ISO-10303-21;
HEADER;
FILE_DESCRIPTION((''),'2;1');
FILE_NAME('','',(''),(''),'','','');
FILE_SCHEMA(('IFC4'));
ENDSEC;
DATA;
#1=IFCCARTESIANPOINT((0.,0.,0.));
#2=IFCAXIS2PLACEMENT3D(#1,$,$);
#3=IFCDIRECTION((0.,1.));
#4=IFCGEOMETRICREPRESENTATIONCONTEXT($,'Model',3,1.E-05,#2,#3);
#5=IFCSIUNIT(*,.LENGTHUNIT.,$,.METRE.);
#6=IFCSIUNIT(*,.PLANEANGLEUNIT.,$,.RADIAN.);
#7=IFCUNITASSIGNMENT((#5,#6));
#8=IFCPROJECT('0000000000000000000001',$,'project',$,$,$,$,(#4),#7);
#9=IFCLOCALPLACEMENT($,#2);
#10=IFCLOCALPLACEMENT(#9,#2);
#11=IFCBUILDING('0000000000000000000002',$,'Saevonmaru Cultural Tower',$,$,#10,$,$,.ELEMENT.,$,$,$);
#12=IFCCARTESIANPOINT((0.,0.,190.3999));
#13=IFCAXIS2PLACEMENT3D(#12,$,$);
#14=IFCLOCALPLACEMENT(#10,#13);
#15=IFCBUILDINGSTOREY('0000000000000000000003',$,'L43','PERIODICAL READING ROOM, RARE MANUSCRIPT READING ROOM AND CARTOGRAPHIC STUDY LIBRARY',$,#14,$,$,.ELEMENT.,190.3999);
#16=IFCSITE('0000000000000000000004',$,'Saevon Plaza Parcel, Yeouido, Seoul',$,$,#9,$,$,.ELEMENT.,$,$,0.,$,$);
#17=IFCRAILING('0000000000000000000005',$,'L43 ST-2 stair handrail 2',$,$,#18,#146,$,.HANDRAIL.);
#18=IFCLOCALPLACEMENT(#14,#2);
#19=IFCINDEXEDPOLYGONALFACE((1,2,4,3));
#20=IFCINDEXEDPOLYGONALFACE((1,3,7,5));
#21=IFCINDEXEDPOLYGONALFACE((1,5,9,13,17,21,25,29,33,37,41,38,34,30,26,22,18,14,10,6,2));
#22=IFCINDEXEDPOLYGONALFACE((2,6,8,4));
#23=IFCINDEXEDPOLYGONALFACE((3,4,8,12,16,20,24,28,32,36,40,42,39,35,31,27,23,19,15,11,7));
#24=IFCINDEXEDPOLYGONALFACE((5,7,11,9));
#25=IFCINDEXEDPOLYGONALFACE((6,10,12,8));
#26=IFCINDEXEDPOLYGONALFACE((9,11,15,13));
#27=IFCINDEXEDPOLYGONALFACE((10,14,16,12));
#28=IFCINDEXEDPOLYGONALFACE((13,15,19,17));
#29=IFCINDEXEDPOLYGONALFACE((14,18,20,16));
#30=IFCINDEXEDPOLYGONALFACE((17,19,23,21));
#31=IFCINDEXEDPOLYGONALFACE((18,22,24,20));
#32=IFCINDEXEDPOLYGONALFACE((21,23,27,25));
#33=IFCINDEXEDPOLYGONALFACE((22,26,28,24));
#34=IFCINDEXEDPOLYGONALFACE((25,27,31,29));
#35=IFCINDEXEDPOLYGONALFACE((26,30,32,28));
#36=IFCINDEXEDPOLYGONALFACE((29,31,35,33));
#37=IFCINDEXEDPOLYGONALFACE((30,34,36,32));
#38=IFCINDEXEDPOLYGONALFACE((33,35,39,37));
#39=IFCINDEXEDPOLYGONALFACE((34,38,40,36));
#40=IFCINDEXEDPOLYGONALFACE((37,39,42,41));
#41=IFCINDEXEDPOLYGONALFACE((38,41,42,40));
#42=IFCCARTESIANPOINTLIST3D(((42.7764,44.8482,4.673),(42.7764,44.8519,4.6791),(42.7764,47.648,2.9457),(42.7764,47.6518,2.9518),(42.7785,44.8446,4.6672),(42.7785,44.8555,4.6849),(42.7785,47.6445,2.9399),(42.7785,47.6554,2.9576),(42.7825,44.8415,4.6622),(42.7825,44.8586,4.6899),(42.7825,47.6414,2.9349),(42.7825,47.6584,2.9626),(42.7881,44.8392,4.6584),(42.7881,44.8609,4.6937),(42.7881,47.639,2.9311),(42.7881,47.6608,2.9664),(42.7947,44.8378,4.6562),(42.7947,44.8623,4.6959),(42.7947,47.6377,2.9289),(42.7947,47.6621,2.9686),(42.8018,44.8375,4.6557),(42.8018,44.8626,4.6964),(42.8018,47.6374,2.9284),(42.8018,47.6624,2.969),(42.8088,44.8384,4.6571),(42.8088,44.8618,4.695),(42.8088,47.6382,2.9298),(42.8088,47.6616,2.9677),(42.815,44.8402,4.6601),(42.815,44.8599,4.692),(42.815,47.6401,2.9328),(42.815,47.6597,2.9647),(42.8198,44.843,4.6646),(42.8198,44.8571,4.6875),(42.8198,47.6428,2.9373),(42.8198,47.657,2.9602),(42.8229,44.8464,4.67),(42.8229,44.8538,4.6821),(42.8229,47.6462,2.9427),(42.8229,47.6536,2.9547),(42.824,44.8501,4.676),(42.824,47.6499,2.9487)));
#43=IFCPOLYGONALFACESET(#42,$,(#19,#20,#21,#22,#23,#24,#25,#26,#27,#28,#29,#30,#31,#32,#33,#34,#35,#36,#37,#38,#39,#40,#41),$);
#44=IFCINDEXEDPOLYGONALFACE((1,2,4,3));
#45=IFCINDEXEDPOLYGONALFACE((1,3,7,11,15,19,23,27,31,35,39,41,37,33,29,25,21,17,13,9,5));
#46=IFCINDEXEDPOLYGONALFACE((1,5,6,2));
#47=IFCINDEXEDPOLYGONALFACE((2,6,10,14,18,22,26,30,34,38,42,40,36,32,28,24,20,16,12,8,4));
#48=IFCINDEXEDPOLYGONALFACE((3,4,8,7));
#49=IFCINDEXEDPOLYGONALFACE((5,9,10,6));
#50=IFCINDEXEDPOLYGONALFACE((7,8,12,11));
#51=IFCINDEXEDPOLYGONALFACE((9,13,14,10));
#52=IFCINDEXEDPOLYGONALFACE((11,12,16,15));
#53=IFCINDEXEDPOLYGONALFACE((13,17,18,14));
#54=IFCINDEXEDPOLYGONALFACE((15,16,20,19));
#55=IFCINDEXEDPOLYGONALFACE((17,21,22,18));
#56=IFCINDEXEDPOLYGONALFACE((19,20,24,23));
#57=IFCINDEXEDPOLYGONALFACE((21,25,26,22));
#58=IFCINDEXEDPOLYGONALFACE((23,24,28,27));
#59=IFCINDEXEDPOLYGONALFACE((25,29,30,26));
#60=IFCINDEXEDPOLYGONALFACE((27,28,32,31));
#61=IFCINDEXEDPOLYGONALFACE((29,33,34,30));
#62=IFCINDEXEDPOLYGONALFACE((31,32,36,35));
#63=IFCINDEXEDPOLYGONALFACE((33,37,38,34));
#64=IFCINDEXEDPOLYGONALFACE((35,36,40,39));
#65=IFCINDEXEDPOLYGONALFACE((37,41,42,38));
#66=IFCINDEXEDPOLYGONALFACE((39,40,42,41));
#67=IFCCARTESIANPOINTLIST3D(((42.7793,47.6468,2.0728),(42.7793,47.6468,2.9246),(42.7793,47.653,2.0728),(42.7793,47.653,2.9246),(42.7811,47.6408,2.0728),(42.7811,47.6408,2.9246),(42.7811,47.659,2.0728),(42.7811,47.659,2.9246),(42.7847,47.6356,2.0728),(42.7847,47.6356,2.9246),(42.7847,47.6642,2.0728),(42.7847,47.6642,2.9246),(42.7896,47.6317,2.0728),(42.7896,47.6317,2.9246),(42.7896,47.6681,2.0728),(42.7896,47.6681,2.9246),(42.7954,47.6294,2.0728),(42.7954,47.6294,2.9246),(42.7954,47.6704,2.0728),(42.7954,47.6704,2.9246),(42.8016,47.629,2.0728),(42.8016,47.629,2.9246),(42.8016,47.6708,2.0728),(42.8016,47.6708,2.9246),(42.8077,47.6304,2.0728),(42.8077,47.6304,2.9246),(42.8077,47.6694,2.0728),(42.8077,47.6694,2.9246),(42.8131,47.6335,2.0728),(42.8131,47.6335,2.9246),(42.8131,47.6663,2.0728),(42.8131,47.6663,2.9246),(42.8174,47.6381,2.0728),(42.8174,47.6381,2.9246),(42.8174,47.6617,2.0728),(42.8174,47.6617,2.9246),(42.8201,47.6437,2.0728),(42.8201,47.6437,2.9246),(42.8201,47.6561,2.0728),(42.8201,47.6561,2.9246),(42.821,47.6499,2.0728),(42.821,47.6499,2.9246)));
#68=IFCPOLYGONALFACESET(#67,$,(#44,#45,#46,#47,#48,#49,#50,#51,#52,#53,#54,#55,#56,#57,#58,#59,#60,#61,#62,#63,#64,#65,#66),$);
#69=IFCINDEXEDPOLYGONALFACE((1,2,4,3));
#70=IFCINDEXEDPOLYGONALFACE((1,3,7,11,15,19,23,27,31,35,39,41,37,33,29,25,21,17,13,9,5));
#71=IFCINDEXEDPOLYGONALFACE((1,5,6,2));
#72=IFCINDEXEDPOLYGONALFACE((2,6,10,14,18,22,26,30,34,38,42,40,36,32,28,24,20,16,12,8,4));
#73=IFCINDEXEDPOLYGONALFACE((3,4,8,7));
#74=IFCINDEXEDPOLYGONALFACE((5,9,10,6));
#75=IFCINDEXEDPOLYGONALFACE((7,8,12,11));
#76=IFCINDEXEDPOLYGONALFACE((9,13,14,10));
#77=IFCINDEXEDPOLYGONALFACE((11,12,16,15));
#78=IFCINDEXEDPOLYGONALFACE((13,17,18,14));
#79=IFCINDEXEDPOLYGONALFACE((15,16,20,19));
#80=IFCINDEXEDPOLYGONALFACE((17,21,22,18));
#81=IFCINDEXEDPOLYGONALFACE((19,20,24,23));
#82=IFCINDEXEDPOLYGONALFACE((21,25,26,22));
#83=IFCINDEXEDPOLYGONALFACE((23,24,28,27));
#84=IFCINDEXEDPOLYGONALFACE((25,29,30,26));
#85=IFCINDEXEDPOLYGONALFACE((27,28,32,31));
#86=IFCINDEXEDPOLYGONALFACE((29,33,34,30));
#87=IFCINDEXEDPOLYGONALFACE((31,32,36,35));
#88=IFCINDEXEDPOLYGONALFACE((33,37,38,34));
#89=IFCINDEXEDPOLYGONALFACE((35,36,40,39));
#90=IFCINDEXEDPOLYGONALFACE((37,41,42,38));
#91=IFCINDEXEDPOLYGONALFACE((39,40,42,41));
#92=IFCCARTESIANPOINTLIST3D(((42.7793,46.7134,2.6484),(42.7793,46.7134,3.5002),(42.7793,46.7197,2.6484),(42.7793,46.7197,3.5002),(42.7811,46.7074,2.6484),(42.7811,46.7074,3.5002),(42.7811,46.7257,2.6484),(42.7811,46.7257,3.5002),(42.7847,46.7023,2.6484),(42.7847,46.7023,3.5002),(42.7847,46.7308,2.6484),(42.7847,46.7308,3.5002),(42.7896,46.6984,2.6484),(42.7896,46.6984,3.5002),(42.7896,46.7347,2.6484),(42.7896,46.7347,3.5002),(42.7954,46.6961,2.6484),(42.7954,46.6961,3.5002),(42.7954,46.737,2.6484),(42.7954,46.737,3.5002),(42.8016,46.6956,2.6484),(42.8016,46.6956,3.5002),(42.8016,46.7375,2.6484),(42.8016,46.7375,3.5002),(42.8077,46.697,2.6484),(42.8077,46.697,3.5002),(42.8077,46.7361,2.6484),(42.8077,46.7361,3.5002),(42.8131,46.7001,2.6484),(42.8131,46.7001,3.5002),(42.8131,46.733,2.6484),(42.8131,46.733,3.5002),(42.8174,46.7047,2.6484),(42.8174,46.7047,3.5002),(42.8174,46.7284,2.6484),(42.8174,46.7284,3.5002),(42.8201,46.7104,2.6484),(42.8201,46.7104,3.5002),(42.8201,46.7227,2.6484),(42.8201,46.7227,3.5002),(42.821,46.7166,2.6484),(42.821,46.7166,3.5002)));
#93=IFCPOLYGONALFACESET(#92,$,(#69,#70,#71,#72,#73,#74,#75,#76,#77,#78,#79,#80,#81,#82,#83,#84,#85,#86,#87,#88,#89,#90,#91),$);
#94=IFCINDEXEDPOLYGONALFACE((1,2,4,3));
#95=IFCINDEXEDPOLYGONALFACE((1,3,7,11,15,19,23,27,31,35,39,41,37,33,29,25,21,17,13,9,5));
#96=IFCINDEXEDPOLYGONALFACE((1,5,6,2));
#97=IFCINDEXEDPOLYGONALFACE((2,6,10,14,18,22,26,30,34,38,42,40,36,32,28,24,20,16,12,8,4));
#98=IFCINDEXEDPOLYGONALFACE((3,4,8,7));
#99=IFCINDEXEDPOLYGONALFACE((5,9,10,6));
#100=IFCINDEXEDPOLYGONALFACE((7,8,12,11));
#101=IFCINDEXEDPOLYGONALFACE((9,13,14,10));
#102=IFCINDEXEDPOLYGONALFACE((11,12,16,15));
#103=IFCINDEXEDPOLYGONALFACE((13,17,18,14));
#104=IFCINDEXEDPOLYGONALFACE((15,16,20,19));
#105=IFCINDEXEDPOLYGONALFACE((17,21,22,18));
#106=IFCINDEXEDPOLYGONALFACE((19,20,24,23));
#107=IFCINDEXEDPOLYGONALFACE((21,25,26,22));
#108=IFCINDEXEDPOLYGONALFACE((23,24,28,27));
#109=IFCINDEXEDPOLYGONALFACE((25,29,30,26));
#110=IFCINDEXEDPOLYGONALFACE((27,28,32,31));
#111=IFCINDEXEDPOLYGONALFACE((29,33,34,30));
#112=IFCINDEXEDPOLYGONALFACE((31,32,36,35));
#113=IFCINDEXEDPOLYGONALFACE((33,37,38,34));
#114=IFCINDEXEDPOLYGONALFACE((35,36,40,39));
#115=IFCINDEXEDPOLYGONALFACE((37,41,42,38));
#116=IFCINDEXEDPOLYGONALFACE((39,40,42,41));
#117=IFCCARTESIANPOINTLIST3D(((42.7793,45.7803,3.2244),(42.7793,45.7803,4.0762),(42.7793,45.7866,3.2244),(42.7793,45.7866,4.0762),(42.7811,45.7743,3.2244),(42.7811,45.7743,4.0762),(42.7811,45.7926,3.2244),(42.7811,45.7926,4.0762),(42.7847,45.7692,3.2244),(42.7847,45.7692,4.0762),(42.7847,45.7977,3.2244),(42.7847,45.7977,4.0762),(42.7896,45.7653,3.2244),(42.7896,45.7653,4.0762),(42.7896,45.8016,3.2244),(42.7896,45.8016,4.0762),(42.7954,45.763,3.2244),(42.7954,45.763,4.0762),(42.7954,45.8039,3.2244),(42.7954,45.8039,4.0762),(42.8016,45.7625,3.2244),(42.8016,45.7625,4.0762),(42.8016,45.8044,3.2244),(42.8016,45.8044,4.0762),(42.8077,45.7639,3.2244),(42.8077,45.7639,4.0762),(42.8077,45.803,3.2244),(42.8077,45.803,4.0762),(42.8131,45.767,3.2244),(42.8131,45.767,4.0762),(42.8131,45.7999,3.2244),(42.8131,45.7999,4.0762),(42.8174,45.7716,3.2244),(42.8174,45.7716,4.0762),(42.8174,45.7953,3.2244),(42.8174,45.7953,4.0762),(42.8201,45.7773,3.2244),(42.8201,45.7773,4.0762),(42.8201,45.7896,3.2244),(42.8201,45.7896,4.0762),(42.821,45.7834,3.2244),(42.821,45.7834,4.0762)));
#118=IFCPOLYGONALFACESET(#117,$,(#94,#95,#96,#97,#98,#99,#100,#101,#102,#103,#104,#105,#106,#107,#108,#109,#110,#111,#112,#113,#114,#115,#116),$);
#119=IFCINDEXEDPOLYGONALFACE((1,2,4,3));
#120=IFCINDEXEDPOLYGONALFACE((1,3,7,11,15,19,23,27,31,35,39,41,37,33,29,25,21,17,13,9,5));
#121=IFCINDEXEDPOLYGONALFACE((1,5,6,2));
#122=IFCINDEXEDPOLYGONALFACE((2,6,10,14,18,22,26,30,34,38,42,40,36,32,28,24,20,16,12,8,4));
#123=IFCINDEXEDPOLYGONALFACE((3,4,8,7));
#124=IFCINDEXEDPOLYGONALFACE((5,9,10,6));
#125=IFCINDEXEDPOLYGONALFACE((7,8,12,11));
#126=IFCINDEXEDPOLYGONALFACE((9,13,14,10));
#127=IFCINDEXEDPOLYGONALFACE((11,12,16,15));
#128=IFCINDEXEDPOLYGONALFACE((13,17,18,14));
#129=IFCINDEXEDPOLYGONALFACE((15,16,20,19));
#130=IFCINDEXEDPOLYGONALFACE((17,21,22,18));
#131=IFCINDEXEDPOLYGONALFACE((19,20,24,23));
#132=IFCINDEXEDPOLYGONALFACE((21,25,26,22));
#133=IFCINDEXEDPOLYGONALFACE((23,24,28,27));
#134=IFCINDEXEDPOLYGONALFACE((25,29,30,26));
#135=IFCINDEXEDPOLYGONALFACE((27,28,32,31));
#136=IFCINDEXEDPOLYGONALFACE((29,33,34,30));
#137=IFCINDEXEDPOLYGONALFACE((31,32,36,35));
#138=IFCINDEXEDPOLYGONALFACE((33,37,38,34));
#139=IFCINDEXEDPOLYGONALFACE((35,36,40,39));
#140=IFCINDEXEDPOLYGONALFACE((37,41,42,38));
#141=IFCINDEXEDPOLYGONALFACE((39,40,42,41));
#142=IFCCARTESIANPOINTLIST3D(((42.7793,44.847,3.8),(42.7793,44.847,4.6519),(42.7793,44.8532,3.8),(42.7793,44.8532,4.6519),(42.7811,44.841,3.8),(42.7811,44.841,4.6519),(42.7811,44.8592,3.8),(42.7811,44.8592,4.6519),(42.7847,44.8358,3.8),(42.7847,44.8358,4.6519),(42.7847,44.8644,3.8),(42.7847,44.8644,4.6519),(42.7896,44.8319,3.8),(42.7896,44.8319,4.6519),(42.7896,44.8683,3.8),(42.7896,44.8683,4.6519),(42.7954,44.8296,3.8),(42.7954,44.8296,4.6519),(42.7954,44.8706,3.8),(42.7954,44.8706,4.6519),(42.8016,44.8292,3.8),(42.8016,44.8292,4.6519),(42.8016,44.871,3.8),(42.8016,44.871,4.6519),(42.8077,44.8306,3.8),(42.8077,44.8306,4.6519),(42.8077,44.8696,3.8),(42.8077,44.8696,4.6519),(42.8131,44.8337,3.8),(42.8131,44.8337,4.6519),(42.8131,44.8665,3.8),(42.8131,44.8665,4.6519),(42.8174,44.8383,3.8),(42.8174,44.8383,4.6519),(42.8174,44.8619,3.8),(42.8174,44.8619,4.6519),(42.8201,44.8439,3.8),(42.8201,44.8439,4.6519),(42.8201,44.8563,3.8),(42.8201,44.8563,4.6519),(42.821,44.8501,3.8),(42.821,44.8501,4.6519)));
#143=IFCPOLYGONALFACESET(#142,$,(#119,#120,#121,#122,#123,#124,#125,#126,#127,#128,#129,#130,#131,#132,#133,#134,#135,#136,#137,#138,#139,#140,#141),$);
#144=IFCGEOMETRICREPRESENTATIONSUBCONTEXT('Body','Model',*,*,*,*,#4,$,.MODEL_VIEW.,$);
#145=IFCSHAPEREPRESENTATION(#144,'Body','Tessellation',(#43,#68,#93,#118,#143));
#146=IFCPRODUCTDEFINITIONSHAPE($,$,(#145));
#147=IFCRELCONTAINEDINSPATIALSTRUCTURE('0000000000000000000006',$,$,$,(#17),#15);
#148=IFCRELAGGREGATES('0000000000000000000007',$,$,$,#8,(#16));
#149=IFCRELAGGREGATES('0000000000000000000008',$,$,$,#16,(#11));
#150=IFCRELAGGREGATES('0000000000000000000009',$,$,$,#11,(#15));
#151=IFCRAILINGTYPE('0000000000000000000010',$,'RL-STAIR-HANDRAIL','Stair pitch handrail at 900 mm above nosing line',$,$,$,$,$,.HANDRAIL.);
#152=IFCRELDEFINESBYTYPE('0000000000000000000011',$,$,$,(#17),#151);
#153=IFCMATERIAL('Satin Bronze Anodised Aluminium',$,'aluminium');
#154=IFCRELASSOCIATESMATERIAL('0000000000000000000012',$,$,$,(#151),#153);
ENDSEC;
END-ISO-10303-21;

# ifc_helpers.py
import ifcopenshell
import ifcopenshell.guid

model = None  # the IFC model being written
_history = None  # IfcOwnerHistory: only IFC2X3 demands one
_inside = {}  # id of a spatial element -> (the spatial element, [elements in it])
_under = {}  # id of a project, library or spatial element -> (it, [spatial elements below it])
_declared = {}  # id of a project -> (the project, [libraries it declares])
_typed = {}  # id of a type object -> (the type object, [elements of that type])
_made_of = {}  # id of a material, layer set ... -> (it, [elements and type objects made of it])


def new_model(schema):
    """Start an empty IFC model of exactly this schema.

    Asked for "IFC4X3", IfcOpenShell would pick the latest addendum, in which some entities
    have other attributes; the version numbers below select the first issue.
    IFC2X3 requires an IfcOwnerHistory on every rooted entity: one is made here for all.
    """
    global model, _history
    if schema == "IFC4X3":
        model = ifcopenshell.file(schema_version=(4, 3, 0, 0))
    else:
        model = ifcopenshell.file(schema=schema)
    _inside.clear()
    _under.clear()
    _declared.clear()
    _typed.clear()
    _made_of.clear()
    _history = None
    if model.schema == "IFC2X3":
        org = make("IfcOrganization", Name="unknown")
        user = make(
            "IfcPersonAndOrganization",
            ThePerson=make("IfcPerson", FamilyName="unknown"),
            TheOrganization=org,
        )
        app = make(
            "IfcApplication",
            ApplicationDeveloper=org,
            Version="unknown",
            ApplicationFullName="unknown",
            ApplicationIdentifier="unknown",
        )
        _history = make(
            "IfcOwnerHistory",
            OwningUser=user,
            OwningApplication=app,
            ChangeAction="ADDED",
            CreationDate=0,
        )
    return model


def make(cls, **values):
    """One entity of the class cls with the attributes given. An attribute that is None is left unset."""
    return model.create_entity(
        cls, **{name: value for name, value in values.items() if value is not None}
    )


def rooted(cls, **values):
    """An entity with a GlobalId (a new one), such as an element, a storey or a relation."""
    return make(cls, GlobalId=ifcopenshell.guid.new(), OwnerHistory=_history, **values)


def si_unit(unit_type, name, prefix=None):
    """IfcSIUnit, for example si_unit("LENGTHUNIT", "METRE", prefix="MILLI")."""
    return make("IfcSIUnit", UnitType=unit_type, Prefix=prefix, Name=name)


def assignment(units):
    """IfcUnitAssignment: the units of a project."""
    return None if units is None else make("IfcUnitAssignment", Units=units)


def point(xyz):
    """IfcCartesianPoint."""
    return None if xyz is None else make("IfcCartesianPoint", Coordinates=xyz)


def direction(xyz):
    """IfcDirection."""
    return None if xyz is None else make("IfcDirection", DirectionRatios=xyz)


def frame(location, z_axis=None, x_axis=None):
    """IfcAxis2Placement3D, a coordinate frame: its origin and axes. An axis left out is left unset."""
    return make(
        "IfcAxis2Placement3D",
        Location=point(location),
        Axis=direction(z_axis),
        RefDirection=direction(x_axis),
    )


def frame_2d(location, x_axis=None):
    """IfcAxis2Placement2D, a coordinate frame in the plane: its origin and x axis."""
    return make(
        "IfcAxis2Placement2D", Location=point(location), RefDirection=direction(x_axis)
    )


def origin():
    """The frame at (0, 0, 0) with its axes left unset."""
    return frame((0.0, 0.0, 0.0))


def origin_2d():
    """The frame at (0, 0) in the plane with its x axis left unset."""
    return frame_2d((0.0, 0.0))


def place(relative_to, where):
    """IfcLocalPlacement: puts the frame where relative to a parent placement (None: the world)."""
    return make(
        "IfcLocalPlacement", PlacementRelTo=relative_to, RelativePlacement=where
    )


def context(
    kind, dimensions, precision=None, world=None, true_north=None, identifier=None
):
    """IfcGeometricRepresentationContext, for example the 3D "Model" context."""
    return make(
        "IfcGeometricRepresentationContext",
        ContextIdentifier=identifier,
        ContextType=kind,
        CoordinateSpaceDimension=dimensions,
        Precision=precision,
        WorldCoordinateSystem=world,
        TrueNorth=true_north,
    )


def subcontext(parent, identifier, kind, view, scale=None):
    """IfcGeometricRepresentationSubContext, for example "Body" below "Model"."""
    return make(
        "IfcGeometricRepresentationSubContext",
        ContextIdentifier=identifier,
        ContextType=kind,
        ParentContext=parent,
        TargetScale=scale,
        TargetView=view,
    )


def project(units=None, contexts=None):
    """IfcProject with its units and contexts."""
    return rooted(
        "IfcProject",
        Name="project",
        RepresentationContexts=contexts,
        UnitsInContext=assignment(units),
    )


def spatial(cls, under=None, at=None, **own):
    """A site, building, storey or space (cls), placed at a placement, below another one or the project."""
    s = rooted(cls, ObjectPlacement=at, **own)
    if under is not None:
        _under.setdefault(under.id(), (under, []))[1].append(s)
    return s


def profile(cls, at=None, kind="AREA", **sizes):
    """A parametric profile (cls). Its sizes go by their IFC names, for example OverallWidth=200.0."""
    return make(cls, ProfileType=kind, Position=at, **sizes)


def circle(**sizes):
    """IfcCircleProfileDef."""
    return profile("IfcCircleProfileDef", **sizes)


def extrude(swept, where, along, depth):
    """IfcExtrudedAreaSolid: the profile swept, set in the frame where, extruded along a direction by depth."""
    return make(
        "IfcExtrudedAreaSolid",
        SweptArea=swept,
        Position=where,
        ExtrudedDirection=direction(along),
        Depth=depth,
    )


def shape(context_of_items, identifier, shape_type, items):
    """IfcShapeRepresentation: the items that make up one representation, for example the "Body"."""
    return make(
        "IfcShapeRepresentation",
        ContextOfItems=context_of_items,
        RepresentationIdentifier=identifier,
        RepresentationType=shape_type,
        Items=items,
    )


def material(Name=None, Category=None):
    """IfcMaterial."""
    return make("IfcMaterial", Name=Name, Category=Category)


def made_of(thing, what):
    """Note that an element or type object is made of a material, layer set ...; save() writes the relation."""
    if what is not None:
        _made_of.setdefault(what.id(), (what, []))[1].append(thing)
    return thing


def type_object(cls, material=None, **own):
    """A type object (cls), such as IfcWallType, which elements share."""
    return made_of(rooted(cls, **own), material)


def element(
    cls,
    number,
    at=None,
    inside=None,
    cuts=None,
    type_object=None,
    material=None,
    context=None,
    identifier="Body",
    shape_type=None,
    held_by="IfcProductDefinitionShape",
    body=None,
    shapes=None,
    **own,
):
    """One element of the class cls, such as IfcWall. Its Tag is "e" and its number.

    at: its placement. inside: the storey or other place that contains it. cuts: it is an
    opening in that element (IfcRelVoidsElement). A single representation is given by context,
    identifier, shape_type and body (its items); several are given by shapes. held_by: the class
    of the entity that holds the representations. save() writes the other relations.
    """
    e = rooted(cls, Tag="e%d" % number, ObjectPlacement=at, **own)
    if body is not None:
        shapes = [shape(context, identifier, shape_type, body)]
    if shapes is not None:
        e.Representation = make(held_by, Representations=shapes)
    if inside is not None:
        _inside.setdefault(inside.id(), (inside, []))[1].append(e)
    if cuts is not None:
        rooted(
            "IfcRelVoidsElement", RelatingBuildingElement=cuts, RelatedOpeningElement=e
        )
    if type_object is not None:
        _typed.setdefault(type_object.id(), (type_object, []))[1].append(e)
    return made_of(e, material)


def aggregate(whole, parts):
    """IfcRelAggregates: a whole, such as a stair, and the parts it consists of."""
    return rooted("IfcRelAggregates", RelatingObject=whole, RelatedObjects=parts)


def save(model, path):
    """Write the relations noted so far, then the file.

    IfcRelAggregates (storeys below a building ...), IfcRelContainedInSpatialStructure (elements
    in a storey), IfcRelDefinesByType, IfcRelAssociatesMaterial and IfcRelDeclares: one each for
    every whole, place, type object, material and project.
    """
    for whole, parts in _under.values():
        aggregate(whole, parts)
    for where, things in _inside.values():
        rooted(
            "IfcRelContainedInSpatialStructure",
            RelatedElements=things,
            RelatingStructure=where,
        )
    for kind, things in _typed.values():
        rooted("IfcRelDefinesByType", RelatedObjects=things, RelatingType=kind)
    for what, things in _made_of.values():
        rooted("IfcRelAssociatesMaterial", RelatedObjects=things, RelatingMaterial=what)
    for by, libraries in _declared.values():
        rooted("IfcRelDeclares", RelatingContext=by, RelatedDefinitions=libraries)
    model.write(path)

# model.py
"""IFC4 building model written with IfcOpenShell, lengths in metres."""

from ifc_helpers import new_model, si_unit, direction, frame, origin, origin_2d, place, context, subcontext, project, spatial, circle, extrude, material, type_object, element, save


model = new_model("IFC4")

# Units and contexts
model_context = context("Model", 3, precision=1e-05, world=origin(), true_north=direction((0.0, 1.0)))
body_context = subcontext(model_context, "Body", "Model", "MODEL_VIEW")
ifc_project = project(units=[si_unit("LENGTHUNIT", "METRE"), si_unit("PLANEANGLEUNIT", "RADIAN")], contexts=[model_context])

# Site, building, storey
site_placement = place(None, origin())
site = spatial("IfcSite", under=ifc_project, at=site_placement, Name="Saevon Plaza Parcel, Yeouido, Seoul", CompositionType="ELEMENT", RefElevation=0.0)
building_placement = place(site_placement, origin())
building = spatial("IfcBuilding", under=site, at=building_placement, Name="Saevonmaru Cultural Tower", CompositionType="ELEMENT")
storey_placement = place(building_placement, frame((0.0, 0.0, 190.3999)))
storey = spatial("IfcBuildingStorey", under=building, at=storey_placement, Name="L43", Description="PERIODICAL READING ROOM, RARE MANUSCRIPT READING ROOM AND CARTOGRAPHIC STUDY LIBRARY", CompositionType="ELEMENT", Elevation=190.3999)

# Shared definitions
ifc_material_1 = material(Name="Satin Bronze Anodised Aluminium", Category="aluminium")

# Railing
railing_type = type_object("IfcRailingType", Name="RL-STAIR-HANDRAIL", Description="Stair pitch handrail at 900 mm above nosing line", PredefinedType="HANDRAIL", material=ifc_material_1)
railing_placement = place(storey_placement, frame((42.8, 47.6499, 2.0728)))
element("IfcRailing", 1, at=railing_placement, inside=storey, type_object=railing_type, Name="L43 ST-2 stair handrail 2", PredefinedType="HANDRAIL", context=body_context, shape_type="SweptSolid", body=[
    extrude(circle(Radius=0.0239, at=origin_2d()), frame((0.0, 0.0, 0.876), z_axis=(0.0, -0.851069, 0.525054), x_axis=(1.0, 0.0, 0.0)), (0.0, 0.0, 1.0), 3.2898),
    extrude(circle(Radius=0.021, at=origin_2d()), origin(), (0.0, 0.0, 1.0), 0.8518),
    extrude(circle(Radius=0.021, at=origin_2d()), frame((0.0, -0.9333, 0.5757)), (0.0, 0.0, 1.0), 0.8518),
    extrude(circle(Radius=0.021, at=origin_2d()), frame((0.0, -1.8665, 1.1516)), (0.0, 0.0, 1.0), 0.8518),
    extrude(circle(Radius=0.021, at=origin_2d()), frame((0.0, -2.7998, 1.7273)), (0.0, 0.0, 1.0), 0.8518),
])

save(model, "model.ifc")
